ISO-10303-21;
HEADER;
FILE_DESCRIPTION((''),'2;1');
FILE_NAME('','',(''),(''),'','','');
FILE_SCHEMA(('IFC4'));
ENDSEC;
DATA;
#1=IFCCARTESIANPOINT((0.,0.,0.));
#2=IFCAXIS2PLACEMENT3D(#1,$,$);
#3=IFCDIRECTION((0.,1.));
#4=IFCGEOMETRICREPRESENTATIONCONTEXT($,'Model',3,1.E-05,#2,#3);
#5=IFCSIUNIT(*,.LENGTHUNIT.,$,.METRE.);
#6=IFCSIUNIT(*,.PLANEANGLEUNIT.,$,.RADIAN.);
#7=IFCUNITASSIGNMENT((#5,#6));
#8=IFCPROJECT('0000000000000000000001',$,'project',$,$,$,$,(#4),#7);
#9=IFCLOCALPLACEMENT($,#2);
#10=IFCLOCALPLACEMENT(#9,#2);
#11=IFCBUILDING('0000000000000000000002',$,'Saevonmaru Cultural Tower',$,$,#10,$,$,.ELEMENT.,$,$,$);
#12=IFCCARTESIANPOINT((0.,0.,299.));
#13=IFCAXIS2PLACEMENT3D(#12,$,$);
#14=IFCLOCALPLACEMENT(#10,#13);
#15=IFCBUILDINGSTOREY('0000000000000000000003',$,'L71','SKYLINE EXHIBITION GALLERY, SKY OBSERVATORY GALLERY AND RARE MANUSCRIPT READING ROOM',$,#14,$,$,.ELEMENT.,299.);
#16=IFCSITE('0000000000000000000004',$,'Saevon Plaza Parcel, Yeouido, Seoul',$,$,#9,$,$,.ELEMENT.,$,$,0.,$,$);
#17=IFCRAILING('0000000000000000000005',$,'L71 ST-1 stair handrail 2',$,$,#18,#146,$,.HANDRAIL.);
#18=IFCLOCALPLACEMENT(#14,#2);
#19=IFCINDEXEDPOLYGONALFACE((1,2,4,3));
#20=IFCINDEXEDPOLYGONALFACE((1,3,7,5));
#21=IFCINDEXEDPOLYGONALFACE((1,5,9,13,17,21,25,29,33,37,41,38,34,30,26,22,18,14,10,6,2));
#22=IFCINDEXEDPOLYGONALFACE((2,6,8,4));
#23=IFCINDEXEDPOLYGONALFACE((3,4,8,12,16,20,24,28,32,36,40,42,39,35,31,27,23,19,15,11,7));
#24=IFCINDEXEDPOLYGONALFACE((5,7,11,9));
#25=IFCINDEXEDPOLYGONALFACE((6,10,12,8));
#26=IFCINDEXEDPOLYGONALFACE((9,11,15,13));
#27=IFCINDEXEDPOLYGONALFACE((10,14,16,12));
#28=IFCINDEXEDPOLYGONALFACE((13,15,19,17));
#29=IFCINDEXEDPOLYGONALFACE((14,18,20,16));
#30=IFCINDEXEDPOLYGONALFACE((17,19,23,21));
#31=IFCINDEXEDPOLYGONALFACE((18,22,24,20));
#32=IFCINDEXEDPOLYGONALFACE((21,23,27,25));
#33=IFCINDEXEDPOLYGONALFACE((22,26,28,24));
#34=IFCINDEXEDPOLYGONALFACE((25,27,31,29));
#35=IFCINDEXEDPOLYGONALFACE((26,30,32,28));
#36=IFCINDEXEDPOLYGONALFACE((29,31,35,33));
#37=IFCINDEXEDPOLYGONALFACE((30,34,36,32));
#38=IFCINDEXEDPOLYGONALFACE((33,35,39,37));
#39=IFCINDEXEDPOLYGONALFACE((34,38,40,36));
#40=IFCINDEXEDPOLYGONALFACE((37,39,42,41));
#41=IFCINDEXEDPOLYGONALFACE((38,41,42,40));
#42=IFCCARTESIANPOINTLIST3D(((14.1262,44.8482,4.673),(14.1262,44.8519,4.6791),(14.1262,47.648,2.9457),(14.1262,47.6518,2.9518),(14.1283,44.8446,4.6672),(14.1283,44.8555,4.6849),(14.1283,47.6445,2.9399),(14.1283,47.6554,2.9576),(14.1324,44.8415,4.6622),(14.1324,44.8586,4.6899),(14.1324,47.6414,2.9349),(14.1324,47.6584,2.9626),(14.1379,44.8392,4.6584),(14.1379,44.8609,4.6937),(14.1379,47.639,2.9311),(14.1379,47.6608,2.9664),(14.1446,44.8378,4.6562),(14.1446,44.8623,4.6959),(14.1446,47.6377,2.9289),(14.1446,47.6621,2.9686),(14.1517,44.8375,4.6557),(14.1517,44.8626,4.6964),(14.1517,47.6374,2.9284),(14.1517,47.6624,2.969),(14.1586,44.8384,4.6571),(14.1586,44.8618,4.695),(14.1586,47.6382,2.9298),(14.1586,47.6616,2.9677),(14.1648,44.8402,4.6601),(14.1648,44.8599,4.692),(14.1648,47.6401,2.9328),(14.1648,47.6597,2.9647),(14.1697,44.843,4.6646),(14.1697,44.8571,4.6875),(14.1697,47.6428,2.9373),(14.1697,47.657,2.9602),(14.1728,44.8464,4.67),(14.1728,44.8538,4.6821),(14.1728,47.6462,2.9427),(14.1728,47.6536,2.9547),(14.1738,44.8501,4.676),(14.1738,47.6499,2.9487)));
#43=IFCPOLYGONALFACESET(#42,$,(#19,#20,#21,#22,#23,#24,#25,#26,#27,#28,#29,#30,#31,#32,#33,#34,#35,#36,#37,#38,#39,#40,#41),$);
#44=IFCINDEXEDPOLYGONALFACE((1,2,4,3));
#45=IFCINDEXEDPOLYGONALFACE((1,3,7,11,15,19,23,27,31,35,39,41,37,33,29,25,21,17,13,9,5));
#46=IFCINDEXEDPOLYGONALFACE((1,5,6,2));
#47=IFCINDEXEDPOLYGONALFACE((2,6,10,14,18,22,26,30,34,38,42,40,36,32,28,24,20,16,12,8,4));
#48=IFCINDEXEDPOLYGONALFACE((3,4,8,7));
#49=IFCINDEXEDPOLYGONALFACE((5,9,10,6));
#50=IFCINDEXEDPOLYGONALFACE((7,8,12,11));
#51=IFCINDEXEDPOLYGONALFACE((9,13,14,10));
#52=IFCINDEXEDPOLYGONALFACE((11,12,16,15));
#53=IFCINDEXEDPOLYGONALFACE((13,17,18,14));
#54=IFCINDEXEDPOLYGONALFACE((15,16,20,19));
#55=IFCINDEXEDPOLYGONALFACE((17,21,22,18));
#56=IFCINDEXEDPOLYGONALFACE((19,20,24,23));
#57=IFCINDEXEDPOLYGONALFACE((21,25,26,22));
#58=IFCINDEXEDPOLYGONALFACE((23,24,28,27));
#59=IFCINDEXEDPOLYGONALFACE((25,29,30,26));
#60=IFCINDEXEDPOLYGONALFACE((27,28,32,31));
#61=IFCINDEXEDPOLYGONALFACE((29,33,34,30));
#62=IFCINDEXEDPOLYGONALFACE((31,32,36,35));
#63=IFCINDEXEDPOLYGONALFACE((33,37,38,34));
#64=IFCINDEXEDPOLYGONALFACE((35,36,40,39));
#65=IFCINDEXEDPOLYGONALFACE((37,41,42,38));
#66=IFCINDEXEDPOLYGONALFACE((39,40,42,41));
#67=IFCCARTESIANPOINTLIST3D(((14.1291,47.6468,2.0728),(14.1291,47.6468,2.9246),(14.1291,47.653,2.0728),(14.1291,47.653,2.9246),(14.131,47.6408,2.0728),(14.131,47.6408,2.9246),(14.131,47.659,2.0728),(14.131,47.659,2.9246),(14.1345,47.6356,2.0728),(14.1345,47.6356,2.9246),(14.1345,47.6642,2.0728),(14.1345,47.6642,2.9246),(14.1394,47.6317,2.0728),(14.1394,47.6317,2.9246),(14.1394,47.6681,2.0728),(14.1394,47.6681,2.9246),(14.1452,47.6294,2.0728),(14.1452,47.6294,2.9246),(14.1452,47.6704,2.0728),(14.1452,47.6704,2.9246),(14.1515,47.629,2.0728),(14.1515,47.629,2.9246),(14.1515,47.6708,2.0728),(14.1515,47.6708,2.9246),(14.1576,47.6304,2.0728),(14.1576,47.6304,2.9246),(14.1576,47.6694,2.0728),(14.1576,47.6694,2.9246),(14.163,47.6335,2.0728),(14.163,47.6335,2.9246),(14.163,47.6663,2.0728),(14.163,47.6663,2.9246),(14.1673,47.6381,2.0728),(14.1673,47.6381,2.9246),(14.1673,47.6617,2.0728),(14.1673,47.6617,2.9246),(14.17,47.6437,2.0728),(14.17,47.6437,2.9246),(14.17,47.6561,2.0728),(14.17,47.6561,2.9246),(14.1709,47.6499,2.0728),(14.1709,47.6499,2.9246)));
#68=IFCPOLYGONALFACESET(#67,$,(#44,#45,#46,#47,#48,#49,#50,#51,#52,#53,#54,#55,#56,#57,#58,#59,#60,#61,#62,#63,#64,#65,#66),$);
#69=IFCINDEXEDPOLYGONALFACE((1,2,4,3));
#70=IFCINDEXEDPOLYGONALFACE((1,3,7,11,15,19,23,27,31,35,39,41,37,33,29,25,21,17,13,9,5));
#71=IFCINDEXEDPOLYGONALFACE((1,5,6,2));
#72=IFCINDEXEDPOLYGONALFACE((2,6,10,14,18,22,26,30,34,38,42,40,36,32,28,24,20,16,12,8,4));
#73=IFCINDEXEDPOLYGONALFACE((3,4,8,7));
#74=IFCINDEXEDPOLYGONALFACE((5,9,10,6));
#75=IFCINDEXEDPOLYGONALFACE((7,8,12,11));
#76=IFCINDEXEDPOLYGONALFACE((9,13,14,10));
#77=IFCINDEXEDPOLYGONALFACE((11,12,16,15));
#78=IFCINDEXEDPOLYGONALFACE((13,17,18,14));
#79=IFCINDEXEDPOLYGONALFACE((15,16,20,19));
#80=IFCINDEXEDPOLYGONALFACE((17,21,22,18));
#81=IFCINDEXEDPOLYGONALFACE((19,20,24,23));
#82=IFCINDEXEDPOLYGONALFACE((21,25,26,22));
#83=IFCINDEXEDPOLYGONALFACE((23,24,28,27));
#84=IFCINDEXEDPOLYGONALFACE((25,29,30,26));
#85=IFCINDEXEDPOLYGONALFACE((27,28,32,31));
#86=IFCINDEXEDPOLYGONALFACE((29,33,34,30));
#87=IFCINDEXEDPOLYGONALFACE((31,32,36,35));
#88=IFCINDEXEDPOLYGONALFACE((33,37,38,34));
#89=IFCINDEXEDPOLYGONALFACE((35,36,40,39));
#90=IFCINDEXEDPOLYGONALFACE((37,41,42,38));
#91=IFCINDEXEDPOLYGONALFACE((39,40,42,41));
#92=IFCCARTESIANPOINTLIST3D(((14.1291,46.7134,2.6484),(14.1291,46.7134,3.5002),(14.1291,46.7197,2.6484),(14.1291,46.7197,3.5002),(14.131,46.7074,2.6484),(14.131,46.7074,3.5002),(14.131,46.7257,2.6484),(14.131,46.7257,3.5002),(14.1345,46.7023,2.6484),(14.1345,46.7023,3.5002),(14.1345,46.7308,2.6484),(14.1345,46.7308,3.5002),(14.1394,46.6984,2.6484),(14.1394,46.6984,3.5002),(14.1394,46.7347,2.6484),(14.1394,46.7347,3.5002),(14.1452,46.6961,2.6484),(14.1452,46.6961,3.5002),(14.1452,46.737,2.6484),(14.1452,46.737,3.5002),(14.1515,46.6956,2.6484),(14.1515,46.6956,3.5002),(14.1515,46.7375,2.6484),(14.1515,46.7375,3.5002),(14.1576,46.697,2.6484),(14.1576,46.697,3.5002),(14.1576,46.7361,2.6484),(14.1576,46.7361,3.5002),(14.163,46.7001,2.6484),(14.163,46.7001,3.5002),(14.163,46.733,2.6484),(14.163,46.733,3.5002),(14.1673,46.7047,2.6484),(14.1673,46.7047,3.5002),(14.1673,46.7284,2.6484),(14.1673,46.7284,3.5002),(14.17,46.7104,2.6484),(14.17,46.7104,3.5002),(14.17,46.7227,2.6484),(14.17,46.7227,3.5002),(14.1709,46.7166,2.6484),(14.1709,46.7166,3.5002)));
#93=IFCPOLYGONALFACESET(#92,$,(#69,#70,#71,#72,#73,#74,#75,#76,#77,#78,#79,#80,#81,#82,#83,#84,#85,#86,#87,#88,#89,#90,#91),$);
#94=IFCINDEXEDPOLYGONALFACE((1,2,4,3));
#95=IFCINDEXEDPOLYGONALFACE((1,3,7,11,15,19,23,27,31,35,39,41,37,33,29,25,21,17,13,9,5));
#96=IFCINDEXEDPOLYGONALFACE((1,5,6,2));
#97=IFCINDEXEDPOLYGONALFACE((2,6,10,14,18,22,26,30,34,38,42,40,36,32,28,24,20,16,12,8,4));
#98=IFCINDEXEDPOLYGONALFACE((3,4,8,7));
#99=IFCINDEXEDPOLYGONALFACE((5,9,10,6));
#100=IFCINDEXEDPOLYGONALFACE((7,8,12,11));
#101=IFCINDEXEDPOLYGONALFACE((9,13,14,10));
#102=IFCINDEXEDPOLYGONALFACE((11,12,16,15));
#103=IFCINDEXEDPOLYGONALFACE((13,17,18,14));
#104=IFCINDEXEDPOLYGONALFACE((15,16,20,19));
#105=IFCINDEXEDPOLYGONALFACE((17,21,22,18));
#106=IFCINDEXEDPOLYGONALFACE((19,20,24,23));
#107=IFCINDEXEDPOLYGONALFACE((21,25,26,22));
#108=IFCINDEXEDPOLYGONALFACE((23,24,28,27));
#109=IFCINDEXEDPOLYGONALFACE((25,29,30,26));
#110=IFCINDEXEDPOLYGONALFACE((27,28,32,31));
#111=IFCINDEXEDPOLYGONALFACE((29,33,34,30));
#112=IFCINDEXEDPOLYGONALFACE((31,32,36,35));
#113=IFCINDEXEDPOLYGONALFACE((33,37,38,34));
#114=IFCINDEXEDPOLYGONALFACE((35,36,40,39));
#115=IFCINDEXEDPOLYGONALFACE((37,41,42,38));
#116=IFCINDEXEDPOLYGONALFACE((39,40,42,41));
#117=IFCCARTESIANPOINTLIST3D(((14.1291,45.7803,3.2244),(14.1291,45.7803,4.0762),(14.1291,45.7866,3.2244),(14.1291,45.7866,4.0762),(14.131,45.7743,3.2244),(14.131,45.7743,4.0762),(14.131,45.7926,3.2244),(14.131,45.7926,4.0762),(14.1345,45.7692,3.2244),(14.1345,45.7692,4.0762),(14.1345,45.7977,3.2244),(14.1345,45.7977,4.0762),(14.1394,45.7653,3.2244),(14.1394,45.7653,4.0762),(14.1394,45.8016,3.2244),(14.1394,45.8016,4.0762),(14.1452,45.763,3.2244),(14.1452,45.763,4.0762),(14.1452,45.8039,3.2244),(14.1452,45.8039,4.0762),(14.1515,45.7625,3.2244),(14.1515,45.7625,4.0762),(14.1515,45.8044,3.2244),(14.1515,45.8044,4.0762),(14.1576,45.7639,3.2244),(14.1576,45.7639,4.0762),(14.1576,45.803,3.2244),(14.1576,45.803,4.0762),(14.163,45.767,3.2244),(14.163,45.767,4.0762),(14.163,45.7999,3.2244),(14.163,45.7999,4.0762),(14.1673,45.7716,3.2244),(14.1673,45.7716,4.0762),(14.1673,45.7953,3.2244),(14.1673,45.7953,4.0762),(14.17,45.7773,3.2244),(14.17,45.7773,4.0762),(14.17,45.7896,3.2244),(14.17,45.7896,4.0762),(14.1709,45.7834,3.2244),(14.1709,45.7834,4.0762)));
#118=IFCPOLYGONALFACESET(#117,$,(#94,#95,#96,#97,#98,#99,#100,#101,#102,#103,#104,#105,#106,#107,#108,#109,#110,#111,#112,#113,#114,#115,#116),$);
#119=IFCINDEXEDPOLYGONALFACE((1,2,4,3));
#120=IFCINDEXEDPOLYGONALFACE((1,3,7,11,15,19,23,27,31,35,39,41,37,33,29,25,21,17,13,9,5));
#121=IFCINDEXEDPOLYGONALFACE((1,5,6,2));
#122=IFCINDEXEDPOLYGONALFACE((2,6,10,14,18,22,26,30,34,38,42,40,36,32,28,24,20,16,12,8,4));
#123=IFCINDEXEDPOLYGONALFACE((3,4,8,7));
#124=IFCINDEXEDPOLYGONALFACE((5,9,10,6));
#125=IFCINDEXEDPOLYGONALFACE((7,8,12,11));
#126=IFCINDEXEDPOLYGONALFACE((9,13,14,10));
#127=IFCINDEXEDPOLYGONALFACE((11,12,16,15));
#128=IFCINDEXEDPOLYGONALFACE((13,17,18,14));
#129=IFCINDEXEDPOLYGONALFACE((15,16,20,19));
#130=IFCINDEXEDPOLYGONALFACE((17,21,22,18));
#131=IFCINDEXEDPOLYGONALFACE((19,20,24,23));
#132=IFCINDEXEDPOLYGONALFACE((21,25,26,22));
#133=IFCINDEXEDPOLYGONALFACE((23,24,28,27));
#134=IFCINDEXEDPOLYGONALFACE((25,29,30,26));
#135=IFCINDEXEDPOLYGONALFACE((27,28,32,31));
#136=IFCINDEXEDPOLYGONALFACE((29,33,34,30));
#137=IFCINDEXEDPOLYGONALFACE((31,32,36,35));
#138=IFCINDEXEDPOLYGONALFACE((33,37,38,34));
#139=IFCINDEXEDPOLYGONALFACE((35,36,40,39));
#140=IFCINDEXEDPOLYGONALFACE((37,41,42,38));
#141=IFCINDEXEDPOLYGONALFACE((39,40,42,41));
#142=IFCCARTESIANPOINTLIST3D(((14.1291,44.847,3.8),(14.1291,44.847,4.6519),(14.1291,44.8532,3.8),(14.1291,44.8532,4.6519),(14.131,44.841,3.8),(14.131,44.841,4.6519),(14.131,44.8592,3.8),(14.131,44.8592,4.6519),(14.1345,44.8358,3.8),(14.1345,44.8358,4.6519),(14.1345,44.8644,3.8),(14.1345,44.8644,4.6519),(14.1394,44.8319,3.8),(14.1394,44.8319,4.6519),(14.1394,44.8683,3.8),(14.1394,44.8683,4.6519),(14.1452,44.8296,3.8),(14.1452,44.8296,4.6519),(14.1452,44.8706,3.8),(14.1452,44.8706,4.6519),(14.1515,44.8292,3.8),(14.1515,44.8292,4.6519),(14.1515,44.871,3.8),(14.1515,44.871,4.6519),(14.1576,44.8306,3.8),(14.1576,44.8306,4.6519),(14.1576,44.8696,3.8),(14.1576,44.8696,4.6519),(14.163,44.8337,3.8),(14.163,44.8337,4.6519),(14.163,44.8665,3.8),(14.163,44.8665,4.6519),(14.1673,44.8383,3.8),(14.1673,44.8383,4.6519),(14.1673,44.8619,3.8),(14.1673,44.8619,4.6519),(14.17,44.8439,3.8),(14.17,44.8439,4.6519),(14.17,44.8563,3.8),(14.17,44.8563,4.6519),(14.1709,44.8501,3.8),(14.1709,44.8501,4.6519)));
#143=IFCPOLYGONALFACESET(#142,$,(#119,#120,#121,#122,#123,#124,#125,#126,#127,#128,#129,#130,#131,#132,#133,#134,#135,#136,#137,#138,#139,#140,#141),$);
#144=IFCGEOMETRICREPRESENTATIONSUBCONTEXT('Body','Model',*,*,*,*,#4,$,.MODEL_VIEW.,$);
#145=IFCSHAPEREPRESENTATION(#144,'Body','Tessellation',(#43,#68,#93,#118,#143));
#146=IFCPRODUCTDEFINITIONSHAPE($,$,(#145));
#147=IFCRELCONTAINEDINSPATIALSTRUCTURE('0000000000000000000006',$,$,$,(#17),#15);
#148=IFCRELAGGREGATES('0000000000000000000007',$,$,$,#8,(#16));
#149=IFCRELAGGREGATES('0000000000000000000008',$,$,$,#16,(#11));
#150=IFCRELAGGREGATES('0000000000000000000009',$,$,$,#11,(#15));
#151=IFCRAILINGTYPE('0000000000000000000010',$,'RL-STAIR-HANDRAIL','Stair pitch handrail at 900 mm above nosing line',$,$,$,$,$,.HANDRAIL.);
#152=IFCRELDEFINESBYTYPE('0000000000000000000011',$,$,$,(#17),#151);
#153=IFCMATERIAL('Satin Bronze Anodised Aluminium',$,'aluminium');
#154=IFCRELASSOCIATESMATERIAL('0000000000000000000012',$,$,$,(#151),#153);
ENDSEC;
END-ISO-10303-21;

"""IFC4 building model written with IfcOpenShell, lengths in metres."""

from ifc_helpers import new_model, si_unit, direction, frame, origin, origin_2d, place, context, subcontext, project, spatial, circle, extrude, material, type_object, element, save


model = new_model("IFC4")

# Units and contexts
model_context = context("Model", 3, precision=1e-05, world=origin(), true_north=direction((0.0, 1.0)))
body_context = subcontext(model_context, "Body", "Model", "MODEL_VIEW")
ifc_project = project(units=[si_unit("LENGTHUNIT", "METRE"), si_unit("PLANEANGLEUNIT", "RADIAN")], contexts=[model_context])

# Site, building, storey
site_placement = place(None, origin())
site = spatial("IfcSite", under=ifc_project, at=site_placement, Name="Saevon Plaza Parcel, Yeouido, Seoul", CompositionType="ELEMENT", RefElevation=0.0)
building_placement = place(site_placement, origin())
building = spatial("IfcBuilding", under=site, at=building_placement, Name="Saevonmaru Cultural Tower", CompositionType="ELEMENT")
storey_placement = place(building_placement, frame((0.0, 0.0, 299.0)))
storey = spatial("IfcBuildingStorey", under=building, at=storey_placement, Name="L71", Description="SKYLINE EXHIBITION GALLERY, SKY OBSERVATORY GALLERY AND RARE MANUSCRIPT READING ROOM", CompositionType="ELEMENT", Elevation=299.0)

# Shared definitions
ifc_material_1 = material(Name="Satin Bronze Anodised Aluminium", Category="aluminium")

# Railing
railing_type_1 = type_object("IfcRailingType", Name="RL-STAIR-HANDRAIL", Description="Stair pitch handrail at 900 mm above nosing line", PredefinedType="HANDRAIL", material=ifc_material_1)
railing_1_placement = place(storey_placement, frame((14.1499, 47.6499, 2.0728)))
element("IfcRailing", 1, at=railing_1_placement, inside=storey, type_object=railing_type_1, Name="L71 ST-1 stair handrail 2", PredefinedType="HANDRAIL", context=body_context, shape_type="SweptSolid", body=[
    extrude(circle(Radius=0.0239, at=origin_2d()), frame((0.0, 0.0, 0.876), z_axis=(0.0, -0.851069, 0.525054), x_axis=(1.0, 0.0, 0.0)), (0.0, 0.0, 1.0), 3.2898),
    extrude(circle(Radius=0.021, at=origin_2d()), origin(), (0.0, 0.0, 1.0), 0.8518),
    extrude(circle(Radius=0.021, at=origin_2d()), frame((0.0, -0.9333, 0.5757)), (0.0, 0.0, 1.0), 0.8518),
    extrude(circle(Radius=0.021, at=origin_2d()), frame((0.0, -1.8665, 1.1516)), (0.0, 0.0, 1.0), 0.8518),
    extrude(circle(Radius=0.021, at=origin_2d()), frame((0.0, -2.7998, 1.7273)), (0.0, 0.0, 1.0), 0.8518),
])

save(model, "model.ifc")
